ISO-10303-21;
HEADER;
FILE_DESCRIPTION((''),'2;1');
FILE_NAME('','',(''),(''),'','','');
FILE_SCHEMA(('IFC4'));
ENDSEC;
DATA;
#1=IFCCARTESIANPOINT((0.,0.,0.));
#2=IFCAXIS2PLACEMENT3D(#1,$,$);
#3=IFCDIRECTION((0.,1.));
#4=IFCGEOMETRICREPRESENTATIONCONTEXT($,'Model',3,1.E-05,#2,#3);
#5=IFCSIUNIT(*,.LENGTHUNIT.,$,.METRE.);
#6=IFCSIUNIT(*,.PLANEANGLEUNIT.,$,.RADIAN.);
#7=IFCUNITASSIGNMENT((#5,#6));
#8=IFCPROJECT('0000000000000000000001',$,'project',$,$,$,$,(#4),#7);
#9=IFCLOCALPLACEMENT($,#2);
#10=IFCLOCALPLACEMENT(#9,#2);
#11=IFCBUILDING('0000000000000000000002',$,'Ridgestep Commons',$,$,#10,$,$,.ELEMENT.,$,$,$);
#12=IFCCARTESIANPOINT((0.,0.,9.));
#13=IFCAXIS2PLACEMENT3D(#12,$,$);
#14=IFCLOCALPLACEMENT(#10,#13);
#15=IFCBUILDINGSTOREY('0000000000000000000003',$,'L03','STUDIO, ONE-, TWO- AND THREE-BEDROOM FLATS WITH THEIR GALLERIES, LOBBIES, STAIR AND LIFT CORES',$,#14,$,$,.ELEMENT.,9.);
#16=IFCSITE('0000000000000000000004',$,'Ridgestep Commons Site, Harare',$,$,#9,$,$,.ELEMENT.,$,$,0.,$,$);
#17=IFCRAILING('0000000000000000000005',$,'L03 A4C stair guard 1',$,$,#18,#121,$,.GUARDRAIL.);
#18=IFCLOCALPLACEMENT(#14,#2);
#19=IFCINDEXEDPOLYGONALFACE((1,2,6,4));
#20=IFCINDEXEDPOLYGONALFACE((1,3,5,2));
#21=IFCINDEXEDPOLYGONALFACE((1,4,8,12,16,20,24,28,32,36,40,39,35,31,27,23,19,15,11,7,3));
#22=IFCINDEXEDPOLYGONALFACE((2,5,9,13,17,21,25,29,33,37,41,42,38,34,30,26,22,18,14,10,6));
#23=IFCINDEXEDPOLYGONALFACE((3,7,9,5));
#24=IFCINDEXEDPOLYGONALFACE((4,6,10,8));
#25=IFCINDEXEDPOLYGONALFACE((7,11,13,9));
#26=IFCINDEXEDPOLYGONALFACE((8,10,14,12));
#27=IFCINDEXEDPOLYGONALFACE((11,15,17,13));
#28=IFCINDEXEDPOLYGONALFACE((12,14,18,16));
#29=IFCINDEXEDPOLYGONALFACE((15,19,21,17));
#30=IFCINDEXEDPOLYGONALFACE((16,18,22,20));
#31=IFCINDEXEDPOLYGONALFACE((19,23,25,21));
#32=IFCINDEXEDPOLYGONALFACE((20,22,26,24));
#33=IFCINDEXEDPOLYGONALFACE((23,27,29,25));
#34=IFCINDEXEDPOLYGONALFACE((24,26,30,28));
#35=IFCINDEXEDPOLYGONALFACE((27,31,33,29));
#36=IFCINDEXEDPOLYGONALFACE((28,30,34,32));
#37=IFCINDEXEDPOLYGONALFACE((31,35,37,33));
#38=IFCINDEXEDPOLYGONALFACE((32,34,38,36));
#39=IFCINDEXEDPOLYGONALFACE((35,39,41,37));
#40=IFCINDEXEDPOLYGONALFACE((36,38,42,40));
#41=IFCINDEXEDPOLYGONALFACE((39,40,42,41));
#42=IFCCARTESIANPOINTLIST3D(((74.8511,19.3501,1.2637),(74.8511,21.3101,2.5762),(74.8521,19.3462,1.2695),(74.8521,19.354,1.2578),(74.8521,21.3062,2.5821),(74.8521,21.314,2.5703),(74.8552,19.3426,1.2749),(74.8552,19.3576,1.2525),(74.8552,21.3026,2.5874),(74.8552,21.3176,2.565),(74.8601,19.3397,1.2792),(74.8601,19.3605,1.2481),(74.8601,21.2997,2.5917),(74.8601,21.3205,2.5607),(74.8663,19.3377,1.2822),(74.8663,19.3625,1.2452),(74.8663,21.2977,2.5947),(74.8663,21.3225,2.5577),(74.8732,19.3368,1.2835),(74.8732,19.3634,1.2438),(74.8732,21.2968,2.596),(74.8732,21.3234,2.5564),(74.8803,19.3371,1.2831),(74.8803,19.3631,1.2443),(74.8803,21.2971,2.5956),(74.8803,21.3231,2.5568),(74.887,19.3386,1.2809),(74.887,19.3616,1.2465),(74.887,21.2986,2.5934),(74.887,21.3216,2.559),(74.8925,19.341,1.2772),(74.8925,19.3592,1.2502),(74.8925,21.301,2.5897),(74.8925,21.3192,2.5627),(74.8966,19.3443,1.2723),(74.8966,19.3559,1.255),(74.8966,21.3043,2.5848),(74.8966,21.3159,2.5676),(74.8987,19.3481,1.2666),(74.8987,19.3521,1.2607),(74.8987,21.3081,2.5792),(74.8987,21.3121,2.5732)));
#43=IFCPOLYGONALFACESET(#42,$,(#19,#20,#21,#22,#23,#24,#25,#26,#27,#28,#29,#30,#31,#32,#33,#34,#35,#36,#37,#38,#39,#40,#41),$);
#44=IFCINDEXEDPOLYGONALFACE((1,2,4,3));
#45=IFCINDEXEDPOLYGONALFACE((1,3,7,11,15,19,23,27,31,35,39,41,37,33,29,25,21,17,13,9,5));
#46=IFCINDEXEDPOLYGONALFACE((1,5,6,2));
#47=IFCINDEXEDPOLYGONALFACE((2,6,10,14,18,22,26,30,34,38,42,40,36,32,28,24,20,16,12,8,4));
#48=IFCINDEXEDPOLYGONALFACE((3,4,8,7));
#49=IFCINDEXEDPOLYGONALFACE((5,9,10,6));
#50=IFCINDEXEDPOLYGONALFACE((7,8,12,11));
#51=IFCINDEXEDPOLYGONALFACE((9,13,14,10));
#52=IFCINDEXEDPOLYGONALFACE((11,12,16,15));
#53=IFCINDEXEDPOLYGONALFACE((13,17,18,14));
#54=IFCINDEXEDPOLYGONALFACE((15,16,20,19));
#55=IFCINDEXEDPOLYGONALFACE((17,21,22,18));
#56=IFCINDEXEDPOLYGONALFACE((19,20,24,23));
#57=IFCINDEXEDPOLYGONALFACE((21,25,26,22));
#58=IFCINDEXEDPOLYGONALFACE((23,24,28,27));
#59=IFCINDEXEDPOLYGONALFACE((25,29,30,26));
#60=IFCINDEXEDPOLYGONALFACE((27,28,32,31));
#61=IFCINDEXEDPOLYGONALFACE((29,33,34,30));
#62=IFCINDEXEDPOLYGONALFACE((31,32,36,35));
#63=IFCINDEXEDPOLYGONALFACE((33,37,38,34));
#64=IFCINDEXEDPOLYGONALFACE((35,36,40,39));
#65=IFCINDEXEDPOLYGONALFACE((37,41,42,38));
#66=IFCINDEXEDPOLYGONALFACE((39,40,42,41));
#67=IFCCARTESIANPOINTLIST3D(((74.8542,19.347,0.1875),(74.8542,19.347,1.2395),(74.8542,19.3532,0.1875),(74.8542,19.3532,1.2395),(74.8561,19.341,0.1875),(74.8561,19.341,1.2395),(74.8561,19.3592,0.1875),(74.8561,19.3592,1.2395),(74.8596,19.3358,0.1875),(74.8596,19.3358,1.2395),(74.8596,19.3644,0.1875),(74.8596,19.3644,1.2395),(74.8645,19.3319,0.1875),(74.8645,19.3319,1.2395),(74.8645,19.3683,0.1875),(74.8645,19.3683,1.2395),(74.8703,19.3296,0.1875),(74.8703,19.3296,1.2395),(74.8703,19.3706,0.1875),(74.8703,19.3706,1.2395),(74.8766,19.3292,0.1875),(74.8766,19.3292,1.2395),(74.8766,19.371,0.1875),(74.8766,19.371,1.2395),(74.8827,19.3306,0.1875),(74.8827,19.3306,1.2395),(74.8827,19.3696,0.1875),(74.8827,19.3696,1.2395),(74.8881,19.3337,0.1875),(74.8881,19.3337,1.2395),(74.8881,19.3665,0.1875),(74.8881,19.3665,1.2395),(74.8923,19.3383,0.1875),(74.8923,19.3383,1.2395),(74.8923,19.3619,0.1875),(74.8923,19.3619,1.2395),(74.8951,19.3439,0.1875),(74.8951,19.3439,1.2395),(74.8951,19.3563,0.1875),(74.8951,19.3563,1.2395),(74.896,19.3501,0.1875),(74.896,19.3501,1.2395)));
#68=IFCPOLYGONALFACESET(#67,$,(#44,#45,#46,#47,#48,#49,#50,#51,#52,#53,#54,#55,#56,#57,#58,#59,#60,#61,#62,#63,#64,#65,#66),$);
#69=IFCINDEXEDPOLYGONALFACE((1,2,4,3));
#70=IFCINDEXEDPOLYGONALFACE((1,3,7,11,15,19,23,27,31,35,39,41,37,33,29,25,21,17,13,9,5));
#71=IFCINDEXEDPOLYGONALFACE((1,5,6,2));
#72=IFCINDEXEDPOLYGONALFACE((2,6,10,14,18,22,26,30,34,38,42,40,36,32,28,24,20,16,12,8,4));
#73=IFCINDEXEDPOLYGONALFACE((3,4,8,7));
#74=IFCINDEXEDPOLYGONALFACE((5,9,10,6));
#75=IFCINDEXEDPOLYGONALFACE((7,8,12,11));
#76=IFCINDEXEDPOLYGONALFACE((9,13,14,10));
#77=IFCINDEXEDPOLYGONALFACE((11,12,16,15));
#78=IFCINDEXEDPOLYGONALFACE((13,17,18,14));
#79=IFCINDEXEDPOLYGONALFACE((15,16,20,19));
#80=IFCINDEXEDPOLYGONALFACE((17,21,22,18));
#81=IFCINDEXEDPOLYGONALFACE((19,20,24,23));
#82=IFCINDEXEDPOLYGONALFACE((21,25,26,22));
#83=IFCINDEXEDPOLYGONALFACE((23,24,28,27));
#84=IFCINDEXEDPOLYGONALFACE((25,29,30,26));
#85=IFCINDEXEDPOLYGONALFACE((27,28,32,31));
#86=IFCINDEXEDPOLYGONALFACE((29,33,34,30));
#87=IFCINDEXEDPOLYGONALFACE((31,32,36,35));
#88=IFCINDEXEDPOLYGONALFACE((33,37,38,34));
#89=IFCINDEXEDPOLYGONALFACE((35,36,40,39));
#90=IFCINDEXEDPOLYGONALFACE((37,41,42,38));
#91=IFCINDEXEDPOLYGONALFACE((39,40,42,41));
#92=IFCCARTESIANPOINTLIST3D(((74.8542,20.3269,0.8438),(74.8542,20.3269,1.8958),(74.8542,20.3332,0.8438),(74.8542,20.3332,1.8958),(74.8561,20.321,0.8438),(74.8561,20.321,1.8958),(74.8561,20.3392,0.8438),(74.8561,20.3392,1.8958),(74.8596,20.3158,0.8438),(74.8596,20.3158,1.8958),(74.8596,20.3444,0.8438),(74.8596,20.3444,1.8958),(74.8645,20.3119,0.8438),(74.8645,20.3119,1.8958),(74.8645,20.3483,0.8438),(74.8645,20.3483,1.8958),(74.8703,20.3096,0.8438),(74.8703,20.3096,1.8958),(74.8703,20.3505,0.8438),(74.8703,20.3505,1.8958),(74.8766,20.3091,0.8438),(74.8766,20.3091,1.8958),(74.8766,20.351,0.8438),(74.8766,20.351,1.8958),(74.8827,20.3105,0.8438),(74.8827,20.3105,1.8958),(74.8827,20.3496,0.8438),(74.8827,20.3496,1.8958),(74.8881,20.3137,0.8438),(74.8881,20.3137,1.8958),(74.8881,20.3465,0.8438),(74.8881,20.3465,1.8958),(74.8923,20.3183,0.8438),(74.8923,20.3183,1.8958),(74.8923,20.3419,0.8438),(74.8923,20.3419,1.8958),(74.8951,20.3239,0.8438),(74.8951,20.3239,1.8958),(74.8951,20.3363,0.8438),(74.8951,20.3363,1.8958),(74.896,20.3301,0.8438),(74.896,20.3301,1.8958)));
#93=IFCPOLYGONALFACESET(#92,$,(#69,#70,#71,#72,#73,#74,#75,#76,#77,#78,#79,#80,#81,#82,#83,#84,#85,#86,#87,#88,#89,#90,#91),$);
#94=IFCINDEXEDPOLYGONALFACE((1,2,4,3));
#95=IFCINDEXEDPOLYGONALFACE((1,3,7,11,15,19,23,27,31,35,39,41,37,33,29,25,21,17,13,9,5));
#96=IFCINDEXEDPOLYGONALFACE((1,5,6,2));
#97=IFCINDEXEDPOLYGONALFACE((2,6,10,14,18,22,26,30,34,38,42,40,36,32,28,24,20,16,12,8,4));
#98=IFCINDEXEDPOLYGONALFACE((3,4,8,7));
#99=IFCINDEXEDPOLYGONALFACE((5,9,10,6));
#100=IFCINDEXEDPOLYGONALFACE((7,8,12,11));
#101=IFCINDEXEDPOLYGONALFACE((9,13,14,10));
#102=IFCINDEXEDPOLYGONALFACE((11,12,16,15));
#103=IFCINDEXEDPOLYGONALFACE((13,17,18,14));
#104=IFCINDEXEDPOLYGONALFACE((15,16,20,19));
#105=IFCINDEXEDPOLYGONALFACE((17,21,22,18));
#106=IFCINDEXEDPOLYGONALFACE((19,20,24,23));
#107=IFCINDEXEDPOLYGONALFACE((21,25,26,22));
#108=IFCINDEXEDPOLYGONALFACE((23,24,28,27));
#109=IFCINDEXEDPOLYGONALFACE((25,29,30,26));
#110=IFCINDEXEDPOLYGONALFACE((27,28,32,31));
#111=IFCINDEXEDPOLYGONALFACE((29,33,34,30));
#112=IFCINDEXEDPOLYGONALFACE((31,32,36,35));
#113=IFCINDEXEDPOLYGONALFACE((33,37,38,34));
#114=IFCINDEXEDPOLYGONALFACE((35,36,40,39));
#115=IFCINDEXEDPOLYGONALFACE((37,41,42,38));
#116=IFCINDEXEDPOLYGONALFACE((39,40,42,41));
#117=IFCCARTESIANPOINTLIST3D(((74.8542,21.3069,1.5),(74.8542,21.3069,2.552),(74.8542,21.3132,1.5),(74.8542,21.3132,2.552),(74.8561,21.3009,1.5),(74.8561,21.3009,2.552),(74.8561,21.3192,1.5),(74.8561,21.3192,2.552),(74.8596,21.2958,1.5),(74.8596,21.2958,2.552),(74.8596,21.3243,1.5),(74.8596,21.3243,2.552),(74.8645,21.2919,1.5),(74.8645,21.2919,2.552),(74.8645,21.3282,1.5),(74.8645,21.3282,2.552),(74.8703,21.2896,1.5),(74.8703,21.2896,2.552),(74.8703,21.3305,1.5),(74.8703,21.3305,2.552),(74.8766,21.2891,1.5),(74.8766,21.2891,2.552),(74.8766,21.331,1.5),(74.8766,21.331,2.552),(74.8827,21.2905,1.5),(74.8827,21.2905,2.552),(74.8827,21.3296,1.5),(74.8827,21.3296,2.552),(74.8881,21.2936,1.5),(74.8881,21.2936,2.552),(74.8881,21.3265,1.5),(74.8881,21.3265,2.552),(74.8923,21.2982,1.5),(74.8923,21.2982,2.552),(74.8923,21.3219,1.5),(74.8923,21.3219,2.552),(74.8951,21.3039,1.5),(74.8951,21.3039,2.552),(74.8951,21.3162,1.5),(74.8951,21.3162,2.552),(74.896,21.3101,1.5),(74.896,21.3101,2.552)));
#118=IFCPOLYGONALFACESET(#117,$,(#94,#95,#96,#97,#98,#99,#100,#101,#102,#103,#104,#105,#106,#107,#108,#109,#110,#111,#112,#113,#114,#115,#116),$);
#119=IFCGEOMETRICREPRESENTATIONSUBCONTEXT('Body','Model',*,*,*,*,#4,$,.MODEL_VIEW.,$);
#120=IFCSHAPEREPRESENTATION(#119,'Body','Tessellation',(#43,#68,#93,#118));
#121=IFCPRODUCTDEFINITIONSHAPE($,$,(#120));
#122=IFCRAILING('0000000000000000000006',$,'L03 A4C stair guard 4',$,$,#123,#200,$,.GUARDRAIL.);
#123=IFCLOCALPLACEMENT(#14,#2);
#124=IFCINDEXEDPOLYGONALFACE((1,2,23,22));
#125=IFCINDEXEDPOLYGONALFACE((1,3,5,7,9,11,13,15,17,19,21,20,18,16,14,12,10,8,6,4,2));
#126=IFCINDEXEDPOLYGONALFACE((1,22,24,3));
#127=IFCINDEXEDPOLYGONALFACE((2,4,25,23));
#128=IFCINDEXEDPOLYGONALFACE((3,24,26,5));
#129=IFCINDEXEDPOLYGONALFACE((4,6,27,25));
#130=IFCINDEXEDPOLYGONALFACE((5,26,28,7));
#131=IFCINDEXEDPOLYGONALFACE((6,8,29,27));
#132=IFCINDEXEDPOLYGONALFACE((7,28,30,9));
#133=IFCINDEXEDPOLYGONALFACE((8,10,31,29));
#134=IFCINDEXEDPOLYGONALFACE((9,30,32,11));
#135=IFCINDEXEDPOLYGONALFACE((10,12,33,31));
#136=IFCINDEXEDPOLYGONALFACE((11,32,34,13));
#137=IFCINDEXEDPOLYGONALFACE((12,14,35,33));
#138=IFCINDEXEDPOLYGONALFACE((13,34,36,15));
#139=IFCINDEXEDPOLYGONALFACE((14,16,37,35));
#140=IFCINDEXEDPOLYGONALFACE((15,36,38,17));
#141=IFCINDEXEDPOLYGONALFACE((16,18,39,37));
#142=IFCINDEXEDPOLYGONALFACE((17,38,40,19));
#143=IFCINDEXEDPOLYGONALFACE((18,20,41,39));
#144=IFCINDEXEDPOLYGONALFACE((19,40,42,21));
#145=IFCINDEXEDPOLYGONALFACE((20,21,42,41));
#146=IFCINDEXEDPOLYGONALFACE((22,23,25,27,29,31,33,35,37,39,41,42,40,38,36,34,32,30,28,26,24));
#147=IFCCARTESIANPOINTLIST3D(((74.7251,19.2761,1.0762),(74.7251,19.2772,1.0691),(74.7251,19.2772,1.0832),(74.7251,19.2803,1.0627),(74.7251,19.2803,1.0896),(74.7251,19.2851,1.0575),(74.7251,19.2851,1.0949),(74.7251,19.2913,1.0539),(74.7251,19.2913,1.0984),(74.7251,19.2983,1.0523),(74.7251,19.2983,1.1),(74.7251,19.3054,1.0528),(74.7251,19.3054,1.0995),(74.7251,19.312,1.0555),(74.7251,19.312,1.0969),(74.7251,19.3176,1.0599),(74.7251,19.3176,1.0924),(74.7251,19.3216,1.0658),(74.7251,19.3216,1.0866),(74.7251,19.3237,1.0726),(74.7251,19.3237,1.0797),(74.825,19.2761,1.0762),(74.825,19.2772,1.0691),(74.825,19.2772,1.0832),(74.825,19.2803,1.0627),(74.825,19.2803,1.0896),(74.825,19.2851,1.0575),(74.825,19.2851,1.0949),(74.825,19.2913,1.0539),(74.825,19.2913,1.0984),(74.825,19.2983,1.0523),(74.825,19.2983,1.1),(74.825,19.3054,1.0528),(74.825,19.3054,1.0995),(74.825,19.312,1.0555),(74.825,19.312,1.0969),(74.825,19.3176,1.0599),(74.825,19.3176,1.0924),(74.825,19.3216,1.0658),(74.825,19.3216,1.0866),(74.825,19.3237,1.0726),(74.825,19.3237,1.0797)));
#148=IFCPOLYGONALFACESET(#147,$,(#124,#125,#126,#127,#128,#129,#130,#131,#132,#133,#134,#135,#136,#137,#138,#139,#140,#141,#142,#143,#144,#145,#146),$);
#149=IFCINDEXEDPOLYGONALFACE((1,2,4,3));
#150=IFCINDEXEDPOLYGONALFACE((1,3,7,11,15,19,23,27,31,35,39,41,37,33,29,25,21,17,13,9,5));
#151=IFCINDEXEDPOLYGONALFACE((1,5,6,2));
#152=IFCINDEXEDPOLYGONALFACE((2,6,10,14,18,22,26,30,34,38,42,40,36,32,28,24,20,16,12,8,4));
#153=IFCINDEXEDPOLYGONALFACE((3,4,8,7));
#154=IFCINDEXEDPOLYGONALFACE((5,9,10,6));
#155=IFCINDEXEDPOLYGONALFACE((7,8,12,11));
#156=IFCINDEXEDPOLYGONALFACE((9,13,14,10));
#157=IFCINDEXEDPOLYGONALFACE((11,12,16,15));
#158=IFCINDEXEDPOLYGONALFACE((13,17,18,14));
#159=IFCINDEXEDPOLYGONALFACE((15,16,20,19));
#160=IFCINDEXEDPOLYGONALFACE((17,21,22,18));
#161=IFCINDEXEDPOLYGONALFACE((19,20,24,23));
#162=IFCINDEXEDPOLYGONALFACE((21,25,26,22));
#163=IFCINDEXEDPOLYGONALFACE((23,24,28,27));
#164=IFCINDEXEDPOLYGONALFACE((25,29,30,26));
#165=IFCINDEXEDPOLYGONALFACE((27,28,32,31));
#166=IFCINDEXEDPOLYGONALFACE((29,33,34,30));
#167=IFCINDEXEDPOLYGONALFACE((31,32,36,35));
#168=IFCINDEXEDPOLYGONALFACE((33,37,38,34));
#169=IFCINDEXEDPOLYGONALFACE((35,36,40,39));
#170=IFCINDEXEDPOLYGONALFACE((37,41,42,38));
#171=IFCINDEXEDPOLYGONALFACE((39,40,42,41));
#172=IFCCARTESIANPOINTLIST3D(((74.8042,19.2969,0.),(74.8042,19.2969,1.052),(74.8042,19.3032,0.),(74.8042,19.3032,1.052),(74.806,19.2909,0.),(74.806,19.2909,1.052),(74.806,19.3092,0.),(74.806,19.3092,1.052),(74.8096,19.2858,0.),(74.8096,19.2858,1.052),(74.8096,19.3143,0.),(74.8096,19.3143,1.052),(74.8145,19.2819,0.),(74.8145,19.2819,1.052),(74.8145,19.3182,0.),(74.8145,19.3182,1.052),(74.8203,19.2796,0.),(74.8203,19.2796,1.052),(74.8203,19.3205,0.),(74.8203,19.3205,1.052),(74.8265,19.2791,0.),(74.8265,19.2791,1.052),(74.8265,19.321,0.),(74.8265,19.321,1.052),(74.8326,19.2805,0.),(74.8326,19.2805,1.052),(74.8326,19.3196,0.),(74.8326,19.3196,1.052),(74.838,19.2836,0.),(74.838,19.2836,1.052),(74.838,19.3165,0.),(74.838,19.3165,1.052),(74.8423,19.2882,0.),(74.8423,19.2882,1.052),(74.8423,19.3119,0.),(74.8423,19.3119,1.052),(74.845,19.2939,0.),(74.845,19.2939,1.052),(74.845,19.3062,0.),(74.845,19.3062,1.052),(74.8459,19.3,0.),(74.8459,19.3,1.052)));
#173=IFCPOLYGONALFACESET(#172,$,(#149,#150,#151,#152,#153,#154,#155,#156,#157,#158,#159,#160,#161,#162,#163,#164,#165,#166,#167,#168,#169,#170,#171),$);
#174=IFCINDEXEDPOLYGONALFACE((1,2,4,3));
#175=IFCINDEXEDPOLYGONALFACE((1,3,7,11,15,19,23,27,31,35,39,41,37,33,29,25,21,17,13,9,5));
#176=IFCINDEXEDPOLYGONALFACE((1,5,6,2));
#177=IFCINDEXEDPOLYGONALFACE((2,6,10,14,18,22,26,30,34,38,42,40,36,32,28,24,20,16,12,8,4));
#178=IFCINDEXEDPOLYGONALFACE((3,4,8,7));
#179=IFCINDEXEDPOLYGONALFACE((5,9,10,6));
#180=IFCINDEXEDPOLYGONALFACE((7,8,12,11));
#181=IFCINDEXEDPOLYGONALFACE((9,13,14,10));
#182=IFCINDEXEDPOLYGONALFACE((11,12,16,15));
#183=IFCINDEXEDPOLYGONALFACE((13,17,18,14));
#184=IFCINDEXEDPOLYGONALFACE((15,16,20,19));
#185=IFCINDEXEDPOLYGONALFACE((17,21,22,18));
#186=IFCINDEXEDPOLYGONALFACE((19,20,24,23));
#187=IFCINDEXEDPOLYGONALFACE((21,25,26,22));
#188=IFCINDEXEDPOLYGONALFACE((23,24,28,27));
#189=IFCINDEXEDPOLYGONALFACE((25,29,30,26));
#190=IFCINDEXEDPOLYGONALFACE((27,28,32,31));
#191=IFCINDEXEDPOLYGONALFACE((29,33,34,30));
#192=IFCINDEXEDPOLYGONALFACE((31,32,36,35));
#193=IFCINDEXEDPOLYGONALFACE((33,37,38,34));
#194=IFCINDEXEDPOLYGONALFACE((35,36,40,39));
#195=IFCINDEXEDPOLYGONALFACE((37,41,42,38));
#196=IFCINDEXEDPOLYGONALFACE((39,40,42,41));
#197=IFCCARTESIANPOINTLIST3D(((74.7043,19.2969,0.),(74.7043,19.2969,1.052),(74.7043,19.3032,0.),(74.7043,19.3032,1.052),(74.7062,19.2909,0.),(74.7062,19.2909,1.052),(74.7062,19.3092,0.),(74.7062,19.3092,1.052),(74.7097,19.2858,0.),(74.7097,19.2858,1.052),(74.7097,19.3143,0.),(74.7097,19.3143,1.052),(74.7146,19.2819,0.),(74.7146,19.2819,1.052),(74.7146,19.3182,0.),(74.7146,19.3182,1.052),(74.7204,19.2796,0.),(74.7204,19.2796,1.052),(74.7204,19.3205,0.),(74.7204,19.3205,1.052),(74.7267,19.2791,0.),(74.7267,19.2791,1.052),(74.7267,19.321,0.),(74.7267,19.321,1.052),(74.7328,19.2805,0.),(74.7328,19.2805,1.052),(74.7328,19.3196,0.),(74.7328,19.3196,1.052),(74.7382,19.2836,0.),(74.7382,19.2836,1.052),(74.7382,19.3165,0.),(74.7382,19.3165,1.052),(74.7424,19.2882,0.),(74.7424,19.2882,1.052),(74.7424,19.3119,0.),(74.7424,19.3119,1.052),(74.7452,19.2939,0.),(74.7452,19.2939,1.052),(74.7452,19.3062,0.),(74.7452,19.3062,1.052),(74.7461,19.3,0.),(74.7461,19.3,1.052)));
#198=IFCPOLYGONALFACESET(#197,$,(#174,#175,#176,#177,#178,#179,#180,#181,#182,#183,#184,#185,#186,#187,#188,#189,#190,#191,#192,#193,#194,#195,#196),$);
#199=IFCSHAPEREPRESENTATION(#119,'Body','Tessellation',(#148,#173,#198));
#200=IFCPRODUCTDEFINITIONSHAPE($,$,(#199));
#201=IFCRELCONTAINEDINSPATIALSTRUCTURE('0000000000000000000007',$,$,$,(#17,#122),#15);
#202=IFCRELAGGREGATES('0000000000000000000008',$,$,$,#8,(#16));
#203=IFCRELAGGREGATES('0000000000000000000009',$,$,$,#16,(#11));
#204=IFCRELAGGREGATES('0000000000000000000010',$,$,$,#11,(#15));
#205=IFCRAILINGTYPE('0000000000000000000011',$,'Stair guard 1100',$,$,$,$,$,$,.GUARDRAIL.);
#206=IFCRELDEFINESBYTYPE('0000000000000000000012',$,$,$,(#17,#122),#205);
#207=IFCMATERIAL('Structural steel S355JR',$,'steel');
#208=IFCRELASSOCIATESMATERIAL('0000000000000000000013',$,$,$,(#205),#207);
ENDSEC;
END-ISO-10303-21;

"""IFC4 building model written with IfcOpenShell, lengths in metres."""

from ifc_helpers import new_model, si_unit, direction, frame, origin, origin_2d, place, context, subcontext, project, spatial, circle, extrude, material, type_object, element, save


model = new_model("IFC4")

# Units and contexts
model_context = context("Model", 3, precision=1e-05, world=origin(), true_north=direction((0.0, 1.0)))
body_context = subcontext(model_context, "Body", "Model", "MODEL_VIEW")
ifc_project = project(units=[si_unit("LENGTHUNIT", "METRE"), si_unit("PLANEANGLEUNIT", "RADIAN")], contexts=[model_context])

# Site, building, storey
site_placement = place(None, origin())
site = spatial("IfcSite", under=ifc_project, at=site_placement, Name="Ridgestep Commons Site, Harare", CompositionType="ELEMENT", RefElevation=0.0)
building_placement = place(site_placement, origin())
building = spatial("IfcBuilding", under=site, at=building_placement, Name="Ridgestep Commons", CompositionType="ELEMENT")
storey_placement = place(building_placement, frame((0.0, 0.0, 9.0)))
storey = spatial("IfcBuildingStorey", under=building, at=storey_placement, Name="L03", Description="STUDIO, ONE-, TWO- AND THREE-BEDROOM FLATS WITH THEIR GALLERIES, LOBBIES, STAIR AND LIFT CORES", CompositionType="ELEMENT", Elevation=9.0)

# Railings
ifc_material_1 = material(Name="Structural steel S355JR", Category="steel")
railing_type_1 = type_object("IfcRailingType", Name="Stair guard 1100", PredefinedType="GUARDRAIL", material=ifc_material_1)
railing_1_placement = place(storey_placement, frame((74.875, 19.3501, 0.1875)))
element("IfcRailing", 1, at=railing_1_placement, inside=storey, type_object=railing_type_1, Name="L03 A4C stair guard 1", PredefinedType="GUARDRAIL", context=body_context, shape_type="SweptSolid", body=[
    extrude(circle(Radius=0.0239, at=origin_2d()), frame((0.0, 0.0, 1.0762), z_axis=(0.0, 0.830902, 0.556419), x_axis=(-1.0, 0.0, 0.0)), (0.0, 0.0, 1.0), 2.3589),
    extrude(circle(Radius=0.021, at=origin_2d()), origin(), (0.0, 0.0, 1.0), 1.052),
    extrude(circle(Radius=0.021, at=origin_2d()), frame((0.0, 0.98, 0.6562)), (0.0, 0.0, 1.0), 1.052),
    extrude(circle(Radius=0.021, at=origin_2d()), frame((0.0, 1.96, 1.3125)), (0.0, 0.0, 1.0), 1.052),
])
railing_2_placement = place(storey_placement, frame((74.825, 19.3, 0.0)))
element("IfcRailing", 2, at=railing_2_placement, inside=storey, type_object=railing_type_1, Name="L03 A4C stair guard 4", PredefinedType="GUARDRAIL", context=body_context, shape_type="SweptSolid", body=[
    extrude(circle(Radius=0.0239, at=origin_2d()), frame((0.0, 0.0, 1.0762), z_axis=(-1.0, 0.0, 0.0), x_axis=(0.0, -1.0, 0.0)), (0.0, 0.0, 1.0), 0.0999),
    extrude(circle(Radius=0.021, at=origin_2d()), origin(), (0.0, 0.0, 1.0), 1.052),
    extrude(circle(Radius=0.021, at=origin_2d()), frame((-0.0999, 0.0, 0.0)), (0.0, 0.0, 1.0), 1.052),
])

save(model, "model.ifc")
